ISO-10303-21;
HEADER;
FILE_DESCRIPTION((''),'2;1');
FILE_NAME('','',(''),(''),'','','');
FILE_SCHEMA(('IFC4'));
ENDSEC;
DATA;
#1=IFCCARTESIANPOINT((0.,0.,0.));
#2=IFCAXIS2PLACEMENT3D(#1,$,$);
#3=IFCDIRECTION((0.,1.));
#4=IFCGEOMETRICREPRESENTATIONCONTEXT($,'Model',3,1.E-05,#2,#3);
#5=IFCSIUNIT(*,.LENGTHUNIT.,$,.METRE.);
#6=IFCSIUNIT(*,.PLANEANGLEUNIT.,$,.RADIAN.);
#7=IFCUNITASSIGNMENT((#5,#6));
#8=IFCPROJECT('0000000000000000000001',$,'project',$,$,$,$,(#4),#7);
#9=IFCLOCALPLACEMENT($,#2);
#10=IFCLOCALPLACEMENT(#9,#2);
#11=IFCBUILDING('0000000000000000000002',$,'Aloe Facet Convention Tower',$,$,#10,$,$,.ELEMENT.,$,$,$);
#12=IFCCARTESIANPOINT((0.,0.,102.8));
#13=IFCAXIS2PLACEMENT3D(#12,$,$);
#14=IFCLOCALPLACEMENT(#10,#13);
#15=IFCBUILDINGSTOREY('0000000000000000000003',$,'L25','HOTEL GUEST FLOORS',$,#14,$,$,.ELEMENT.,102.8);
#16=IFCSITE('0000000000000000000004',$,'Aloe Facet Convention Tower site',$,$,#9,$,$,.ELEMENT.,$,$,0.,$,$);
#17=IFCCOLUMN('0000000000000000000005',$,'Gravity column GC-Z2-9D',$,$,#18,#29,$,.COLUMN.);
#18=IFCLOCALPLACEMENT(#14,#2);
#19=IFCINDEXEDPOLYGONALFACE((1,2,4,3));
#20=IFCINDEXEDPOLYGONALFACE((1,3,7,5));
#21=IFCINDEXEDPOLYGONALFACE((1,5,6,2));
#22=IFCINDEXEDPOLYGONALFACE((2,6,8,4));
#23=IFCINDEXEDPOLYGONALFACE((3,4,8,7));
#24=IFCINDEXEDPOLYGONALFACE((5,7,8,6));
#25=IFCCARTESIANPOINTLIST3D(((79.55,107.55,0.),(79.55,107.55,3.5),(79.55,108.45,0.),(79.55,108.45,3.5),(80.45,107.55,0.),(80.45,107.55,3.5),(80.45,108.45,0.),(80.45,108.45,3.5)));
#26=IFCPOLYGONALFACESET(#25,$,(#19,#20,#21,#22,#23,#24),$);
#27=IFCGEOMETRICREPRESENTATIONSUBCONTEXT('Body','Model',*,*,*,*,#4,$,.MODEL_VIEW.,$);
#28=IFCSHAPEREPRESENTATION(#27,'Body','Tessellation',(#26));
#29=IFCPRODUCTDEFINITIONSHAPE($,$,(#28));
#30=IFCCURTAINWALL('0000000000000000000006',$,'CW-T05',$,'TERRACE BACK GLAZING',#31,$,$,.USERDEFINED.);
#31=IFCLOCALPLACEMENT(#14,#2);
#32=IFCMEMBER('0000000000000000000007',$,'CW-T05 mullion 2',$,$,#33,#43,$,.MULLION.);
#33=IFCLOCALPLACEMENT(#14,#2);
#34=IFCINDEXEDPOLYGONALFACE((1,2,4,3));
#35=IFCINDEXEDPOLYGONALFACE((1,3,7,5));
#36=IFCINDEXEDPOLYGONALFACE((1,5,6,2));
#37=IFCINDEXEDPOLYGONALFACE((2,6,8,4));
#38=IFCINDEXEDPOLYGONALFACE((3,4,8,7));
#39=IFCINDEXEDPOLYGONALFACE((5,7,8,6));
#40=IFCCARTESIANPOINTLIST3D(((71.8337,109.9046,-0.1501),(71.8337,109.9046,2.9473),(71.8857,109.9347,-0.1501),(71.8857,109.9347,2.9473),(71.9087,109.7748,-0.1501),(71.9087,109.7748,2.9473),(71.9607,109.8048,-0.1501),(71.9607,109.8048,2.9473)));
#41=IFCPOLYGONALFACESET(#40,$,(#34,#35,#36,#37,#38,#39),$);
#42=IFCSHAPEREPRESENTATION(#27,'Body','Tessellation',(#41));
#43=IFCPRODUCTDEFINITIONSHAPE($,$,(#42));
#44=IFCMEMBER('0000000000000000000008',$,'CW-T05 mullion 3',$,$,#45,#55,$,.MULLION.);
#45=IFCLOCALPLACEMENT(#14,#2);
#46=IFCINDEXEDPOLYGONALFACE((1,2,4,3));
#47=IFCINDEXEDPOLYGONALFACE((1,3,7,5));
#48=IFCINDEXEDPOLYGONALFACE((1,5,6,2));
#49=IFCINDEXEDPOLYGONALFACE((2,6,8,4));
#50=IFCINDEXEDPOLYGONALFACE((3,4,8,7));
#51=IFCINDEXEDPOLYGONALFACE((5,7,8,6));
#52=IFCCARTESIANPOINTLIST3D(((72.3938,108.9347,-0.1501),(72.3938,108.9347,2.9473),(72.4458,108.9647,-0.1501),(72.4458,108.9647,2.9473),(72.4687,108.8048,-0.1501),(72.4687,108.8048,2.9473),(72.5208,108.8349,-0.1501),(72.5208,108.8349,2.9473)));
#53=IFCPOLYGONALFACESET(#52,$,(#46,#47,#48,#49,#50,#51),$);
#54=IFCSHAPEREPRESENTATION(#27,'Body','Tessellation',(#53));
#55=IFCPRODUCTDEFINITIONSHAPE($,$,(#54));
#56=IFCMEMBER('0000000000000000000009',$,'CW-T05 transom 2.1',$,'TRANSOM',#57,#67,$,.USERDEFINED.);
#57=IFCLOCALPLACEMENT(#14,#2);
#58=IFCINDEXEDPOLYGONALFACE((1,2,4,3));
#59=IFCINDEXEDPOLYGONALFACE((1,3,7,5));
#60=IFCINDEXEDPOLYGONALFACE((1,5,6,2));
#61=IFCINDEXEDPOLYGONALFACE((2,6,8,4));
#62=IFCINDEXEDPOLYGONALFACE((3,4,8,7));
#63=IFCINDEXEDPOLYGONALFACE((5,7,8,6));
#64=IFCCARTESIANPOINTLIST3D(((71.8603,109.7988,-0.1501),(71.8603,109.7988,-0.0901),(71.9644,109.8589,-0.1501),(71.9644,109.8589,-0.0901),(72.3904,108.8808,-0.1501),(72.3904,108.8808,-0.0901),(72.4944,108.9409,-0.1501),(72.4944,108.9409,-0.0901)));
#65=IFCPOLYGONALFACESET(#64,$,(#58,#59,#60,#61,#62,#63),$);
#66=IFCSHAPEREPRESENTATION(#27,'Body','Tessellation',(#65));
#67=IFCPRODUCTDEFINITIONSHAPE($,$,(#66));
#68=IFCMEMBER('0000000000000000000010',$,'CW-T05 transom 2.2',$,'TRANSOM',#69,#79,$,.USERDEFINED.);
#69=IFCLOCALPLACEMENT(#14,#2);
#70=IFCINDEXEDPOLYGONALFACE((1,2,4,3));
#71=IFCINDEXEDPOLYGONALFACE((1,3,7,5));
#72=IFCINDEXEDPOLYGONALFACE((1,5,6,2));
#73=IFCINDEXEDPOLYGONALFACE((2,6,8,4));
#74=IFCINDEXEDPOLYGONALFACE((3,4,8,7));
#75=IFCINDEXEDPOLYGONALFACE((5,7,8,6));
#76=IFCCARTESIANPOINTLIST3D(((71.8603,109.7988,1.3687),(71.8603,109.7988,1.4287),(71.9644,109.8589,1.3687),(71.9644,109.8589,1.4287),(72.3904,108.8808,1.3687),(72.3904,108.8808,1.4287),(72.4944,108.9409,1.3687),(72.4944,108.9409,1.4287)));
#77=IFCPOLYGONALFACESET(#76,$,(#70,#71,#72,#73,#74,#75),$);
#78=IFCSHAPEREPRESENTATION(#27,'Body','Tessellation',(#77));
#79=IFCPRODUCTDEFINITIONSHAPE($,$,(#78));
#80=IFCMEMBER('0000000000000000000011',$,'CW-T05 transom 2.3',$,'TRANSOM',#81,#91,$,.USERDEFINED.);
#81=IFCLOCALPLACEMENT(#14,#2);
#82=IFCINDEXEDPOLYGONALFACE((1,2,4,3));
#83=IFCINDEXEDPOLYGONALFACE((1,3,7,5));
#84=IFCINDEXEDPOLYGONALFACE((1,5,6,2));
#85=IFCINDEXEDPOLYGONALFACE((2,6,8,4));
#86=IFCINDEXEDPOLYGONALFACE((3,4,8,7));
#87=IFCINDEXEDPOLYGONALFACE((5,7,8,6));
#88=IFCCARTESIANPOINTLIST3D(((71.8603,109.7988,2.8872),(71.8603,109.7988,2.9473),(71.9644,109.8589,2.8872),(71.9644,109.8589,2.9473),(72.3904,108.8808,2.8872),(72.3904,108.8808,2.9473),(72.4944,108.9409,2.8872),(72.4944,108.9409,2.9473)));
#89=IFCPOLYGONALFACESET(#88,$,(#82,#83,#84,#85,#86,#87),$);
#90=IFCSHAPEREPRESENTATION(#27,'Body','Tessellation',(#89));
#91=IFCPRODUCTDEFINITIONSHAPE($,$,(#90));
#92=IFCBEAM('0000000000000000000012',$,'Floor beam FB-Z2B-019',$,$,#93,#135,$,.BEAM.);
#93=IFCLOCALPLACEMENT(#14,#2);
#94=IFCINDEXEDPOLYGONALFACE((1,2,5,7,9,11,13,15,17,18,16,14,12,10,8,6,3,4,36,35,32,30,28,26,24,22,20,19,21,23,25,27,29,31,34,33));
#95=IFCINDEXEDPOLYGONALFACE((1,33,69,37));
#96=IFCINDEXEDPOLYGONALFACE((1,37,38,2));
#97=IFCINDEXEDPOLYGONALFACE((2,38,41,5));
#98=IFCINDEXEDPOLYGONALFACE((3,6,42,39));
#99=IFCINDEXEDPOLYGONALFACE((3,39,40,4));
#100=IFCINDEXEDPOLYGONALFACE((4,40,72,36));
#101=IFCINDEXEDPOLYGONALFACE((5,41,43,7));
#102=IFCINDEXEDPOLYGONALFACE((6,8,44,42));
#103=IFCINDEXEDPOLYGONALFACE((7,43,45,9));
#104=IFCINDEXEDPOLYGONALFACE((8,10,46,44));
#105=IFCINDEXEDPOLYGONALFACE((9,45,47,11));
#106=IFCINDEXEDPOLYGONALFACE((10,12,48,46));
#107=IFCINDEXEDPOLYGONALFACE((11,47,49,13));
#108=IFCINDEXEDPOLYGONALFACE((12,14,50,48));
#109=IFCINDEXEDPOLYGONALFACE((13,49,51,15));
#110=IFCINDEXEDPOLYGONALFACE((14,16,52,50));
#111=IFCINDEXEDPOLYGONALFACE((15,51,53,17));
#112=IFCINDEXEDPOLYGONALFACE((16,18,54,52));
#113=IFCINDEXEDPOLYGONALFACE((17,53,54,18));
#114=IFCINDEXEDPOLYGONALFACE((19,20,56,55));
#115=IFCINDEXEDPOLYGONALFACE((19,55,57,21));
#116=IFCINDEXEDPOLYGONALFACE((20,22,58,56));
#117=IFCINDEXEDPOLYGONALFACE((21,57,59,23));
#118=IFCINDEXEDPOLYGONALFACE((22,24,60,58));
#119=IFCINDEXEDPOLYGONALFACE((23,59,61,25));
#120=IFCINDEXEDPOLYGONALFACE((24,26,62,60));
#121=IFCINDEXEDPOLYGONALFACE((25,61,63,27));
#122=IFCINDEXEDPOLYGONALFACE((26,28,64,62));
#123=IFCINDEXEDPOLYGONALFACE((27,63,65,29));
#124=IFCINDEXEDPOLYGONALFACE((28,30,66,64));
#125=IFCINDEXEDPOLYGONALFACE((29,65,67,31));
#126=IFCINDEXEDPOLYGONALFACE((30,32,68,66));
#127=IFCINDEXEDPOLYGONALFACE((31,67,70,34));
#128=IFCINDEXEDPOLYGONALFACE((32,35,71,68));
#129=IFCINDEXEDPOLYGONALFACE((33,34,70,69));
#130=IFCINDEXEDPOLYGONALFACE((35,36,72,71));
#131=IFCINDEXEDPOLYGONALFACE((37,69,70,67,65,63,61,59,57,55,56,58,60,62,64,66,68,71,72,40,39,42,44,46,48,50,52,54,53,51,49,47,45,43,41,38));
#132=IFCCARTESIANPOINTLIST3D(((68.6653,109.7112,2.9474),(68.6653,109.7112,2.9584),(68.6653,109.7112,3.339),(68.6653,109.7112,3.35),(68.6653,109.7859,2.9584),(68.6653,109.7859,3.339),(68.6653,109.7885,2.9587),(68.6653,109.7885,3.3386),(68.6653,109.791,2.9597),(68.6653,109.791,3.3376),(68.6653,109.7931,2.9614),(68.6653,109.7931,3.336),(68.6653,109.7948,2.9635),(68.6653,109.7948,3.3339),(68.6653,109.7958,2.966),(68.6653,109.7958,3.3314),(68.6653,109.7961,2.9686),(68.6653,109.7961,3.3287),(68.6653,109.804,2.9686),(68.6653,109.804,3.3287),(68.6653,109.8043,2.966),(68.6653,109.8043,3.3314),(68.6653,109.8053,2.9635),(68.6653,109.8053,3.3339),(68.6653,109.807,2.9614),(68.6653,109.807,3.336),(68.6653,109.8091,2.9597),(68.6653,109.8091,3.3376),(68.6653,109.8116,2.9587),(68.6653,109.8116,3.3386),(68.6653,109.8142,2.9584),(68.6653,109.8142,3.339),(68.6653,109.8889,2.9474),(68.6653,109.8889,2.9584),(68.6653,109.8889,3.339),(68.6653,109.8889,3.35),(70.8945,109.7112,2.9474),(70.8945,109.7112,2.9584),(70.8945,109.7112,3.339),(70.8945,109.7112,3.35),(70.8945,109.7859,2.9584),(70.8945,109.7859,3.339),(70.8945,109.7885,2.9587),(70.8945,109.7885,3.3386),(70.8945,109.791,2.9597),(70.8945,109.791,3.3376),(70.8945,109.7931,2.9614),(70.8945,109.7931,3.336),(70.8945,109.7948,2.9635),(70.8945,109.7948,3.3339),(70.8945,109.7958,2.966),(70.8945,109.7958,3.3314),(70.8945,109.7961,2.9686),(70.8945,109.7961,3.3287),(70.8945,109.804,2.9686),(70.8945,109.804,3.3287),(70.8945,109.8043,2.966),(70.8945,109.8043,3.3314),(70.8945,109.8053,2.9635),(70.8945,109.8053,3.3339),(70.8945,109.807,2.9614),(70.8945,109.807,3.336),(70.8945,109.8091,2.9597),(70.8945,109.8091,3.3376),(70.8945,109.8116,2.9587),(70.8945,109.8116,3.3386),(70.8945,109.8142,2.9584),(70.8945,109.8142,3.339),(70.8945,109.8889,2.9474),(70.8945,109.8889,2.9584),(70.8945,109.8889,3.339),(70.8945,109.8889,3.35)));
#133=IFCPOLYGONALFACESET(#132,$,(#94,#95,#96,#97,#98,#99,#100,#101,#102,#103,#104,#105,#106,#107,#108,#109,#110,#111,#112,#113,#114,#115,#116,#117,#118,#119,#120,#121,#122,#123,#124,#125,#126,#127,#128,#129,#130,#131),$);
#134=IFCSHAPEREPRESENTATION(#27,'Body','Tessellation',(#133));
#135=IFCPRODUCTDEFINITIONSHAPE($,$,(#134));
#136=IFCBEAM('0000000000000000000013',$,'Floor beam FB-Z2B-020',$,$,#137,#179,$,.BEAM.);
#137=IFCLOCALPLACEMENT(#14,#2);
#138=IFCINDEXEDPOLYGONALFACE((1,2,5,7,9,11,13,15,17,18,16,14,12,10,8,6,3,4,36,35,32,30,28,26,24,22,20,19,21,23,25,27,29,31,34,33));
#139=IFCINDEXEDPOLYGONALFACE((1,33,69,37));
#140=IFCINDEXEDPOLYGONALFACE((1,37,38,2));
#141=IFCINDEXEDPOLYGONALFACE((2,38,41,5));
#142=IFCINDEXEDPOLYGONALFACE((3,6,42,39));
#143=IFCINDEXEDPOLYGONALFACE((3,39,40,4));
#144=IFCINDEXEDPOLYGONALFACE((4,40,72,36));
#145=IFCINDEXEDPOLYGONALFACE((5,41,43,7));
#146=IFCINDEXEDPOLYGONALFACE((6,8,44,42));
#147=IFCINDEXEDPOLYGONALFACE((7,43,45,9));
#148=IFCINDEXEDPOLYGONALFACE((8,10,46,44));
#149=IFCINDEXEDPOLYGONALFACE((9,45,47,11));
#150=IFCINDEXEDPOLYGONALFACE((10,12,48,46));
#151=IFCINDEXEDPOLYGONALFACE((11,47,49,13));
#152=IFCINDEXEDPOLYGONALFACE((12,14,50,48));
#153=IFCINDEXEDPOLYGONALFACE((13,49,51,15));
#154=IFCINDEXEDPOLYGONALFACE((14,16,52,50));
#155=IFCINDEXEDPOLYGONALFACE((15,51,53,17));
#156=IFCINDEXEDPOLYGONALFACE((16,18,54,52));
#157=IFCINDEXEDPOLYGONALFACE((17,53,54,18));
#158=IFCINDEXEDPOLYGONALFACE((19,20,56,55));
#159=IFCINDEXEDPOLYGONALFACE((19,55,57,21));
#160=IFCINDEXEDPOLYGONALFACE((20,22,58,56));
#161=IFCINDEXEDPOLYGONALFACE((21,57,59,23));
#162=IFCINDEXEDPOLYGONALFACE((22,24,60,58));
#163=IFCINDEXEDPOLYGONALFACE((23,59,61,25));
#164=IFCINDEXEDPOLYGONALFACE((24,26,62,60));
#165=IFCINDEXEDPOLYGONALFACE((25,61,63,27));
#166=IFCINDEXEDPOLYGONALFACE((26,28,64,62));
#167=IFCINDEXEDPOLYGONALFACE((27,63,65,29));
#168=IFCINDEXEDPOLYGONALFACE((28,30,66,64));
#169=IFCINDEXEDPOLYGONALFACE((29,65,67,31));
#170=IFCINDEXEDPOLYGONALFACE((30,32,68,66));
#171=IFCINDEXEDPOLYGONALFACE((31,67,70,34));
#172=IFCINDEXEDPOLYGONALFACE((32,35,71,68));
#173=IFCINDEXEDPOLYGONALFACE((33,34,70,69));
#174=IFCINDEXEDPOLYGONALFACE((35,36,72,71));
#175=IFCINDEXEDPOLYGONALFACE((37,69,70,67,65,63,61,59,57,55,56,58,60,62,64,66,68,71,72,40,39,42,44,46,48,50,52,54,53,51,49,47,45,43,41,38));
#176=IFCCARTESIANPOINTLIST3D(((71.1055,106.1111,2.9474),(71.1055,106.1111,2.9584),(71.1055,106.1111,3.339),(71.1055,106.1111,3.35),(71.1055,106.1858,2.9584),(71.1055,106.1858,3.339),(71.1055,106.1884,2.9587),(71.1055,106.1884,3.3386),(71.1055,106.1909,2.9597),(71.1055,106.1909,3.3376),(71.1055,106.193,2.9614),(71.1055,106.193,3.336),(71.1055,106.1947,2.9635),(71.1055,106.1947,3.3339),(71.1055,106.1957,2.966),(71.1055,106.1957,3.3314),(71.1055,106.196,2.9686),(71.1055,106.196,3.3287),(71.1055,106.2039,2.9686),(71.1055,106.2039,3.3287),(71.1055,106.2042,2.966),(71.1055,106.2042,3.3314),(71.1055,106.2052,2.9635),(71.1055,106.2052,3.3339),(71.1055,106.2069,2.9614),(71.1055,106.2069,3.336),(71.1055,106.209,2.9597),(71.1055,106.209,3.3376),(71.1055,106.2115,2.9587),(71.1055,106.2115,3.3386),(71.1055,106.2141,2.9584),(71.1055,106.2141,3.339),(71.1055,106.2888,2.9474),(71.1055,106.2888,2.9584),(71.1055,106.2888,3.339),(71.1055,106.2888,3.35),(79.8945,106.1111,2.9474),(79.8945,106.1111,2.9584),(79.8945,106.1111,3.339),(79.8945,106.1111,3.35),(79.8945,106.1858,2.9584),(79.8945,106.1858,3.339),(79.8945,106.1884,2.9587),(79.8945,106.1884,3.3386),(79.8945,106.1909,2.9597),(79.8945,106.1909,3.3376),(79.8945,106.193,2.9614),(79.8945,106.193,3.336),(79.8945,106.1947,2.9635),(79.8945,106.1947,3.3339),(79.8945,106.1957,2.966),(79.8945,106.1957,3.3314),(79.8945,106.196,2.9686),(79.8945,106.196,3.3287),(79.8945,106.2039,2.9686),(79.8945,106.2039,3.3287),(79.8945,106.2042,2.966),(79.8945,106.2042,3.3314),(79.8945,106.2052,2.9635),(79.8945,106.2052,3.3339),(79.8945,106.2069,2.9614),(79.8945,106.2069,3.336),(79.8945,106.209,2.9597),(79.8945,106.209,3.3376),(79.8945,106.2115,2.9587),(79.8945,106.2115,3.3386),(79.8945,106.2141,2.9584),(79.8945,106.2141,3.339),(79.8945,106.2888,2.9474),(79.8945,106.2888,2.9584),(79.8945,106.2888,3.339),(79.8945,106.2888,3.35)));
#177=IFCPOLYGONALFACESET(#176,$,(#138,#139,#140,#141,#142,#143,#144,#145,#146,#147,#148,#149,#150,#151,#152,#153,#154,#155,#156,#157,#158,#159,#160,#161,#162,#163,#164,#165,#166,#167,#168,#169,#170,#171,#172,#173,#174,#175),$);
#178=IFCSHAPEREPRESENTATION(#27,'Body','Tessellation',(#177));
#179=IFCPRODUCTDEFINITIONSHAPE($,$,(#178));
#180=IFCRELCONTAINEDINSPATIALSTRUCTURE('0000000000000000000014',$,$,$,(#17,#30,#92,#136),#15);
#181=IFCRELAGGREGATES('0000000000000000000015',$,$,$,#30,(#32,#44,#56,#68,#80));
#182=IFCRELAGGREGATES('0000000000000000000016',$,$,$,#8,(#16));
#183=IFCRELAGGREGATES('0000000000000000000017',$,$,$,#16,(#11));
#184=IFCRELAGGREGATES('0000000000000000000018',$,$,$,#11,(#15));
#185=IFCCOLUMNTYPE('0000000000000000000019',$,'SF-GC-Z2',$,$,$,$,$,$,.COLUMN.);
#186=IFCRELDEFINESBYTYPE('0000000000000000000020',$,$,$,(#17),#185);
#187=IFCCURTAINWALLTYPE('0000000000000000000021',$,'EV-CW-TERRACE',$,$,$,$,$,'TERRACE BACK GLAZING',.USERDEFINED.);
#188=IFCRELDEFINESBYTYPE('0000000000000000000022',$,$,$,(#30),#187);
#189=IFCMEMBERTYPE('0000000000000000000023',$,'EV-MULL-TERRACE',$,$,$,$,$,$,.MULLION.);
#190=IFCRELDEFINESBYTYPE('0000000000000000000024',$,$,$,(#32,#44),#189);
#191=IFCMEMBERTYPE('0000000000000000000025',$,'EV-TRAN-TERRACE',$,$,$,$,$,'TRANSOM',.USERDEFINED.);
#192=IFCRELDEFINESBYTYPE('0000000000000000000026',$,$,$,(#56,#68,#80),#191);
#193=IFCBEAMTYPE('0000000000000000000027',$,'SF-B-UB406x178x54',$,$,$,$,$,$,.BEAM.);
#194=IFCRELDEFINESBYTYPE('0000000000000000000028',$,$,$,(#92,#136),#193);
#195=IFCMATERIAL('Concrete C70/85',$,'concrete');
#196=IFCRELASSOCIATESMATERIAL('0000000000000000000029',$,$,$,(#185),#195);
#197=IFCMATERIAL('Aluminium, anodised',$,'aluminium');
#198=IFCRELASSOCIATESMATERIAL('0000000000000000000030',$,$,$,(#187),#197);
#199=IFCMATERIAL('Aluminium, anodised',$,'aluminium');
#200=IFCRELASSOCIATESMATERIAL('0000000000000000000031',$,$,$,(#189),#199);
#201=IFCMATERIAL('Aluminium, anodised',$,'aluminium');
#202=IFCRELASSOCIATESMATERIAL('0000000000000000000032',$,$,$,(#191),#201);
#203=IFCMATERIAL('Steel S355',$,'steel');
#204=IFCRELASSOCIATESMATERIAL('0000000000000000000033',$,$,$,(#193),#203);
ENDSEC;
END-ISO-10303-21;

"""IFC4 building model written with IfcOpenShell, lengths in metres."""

from ifc_helpers import new_model, si_unit, direction, frame, origin, origin_2d, place, context, subcontext, project, spatial, rectangle, i_section, extrude, material, material_profile, profile_set, type_object, element, aggregate, save


model = new_model("IFC4")

# Units and contexts
model_context = context("Model", 3, precision=1e-05, world=origin(), true_north=direction((0.0, 1.0)))
body_context = subcontext(model_context, "Body", "Model", "MODEL_VIEW")
ifc_project = project(units=[si_unit("LENGTHUNIT", "METRE"), si_unit("PLANEANGLEUNIT", "RADIAN")], contexts=[model_context])

# Site, building, storey
site_placement = place(None, origin())
site = spatial("IfcSite", under=ifc_project, at=site_placement, Name="Aloe Facet Convention Tower site", CompositionType="ELEMENT", RefElevation=0.0)
building_placement = place(site_placement, origin())
building = spatial("IfcBuilding", under=site, at=building_placement, Name="Aloe Facet Convention Tower", CompositionType="ELEMENT")
storey_placement = place(building_placement, frame((0.0, 0.0, 102.8)))
storey = spatial("IfcBuildingStorey", under=building, at=storey_placement, Name="L25", Description="HOTEL GUEST FLOORS", CompositionType="ELEMENT", Elevation=102.8)

# Column
ifc_material_1 = material(Name="Concrete C70/85", Category="concrete")
ifc_material_profile_1 = material_profile(ifc_material_1, rectangle(XDim=0.8999, YDim=0.8999, at=origin_2d()), Name="SF-GC-Z2")
ifc_profile_set_1 = profile_set([ifc_material_profile_1], Name="Concrete C70/85")
column_type = type_object("IfcColumnType", Name="SF-GC-Z2", PredefinedType="COLUMN", material=ifc_profile_set_1)
column_placement = place(storey_placement, frame((80.0, 108.0, 0.0), z_axis=(0.0, 0.0, 1.0), x_axis=(1.0, 0.0, 0.0)))
element("IfcColumn", 1, at=column_placement, inside=storey, type_object=column_type, Name="Gravity column GC-Z2-9D", PredefinedType="COLUMN", context=body_context, shape_type="SweptSolid", body=[
    extrude(rectangle(XDim=0.8999, YDim=0.8999, at=origin_2d()), origin(), (0.0, 0.0, 1.0), 3.5),
])

# Curtain wall, members
ifc_material_2 = material(Name="Aluminium, anodised", Category="aluminium")
curtain_wall_type = type_object("IfcCurtainWallType", Name="EV-CW-TERRACE", ElementType="TERRACE BACK GLAZING", PredefinedType="USERDEFINED", material=ifc_material_2)
curtain_wall_placement = place(storey_placement, origin())
curtain_wall = element("IfcCurtainWall", 2, at=curtain_wall_placement, inside=storey, type_object=curtain_wall_type, Name="CW-T05", ObjectType="TERRACE BACK GLAZING", PredefinedType="USERDEFINED")
ifc_material_3 = material(Name="Aluminium, anodised", Category="aluminium")
ifc_material_profile_2 = material_profile(ifc_material_3, rectangle(XDim=0.0601, YDim=0.1499, at=origin_2d()), Name="AL 60x150")
ifc_profile_set_2 = profile_set([ifc_material_profile_2], Name="Aluminium, anodised")
member_type_1 = type_object("IfcMemberType", Name="EV-MULL-TERRACE", PredefinedType="MULLION", material=ifc_profile_set_2)
member_1_placement = place(storey_placement, frame((71.8972, 109.8547, -0.1501), z_axis=(0.0, 0.0, 1.0), x_axis=(0.866025, 0.5, 0.0)))
member_1 = element("IfcMember", 3, at=member_1_placement, type_object=member_type_1, Name="CW-T05 mullion 2", PredefinedType="MULLION", context=body_context, shape_type="SweptSolid", body=[
    extrude(rectangle(XDim=0.0601, YDim=0.1499, at=origin_2d()), origin(), (0.0, 0.0, 1.0), 3.0974),
])
member_2_placement = place(storey_placement, frame((72.4573, 108.8848, -0.1501), z_axis=(0.0, 0.0, 1.0), x_axis=(0.866025, 0.5, 0.0)))
member_2 = element("IfcMember", 4, at=member_2_placement, type_object=member_type_1, Name="CW-T05 mullion 3", PredefinedType="MULLION", context=body_context, shape_type="SweptSolid", body=[
    extrude(rectangle(XDim=0.0601, YDim=0.1499, at=origin_2d()), origin(), (0.0, 0.0, 1.0), 3.0974),
])
ifc_material_4 = material(Name="Aluminium, anodised", Category="aluminium")
ifc_material_profile_3 = material_profile(ifc_material_4, rectangle(XDim=0.1201, YDim=0.0601, at=origin_2d()), Name="AL 120x60")
ifc_profile_set_3 = profile_set([ifc_material_profile_3], Name="Aluminium, anodised")
member_type_2 = type_object("IfcMemberType", Name="EV-TRAN-TERRACE", ElementType="TRANSOM", PredefinedType="USERDEFINED", material=ifc_profile_set_3)
member_3_placement = place(storey_placement, frame((71.9124, 109.8289, -0.1201), z_axis=(0.500028, -0.866009, 0.0), x_axis=(0.866009, 0.500028, 0.0)))
member_3 = element("IfcMember", 5, at=member_3_placement, type_object=member_type_2, Name="CW-T05 transom 2.1", ObjectType="TRANSOM", PredefinedType="USERDEFINED", context=body_context, shape_type="SweptSolid", body=[
    extrude(rectangle(XDim=0.1201, YDim=0.0601, at=origin_2d()), origin(), (0.0, 0.0, 1.0), 1.0601),
])
member_4_placement = place(storey_placement, frame((71.9124, 109.8289, 1.3987), z_axis=(0.500028, -0.866009, 0.0), x_axis=(0.866009, 0.500028, 0.0)))
member_4 = element("IfcMember", 6, at=member_4_placement, type_object=member_type_2, Name="CW-T05 transom 2.2", ObjectType="TRANSOM", PredefinedType="USERDEFINED", context=body_context, shape_type="SweptSolid", body=[
    extrude(rectangle(XDim=0.1201, YDim=0.0601, at=origin_2d()), origin(), (0.0, 0.0, 1.0), 1.0601),
])
member_5_placement = place(storey_placement, frame((71.9124, 109.8289, 2.9172), z_axis=(0.500028, -0.866009, 0.0), x_axis=(0.866009, 0.500028, 0.0)))
member_5 = element("IfcMember", 7, at=member_5_placement, type_object=member_type_2, Name="CW-T05 transom 2.3", ObjectType="TRANSOM", PredefinedType="USERDEFINED", context=body_context, shape_type="SweptSolid", body=[
    extrude(rectangle(XDim=0.1201, YDim=0.0601, at=origin_2d()), origin(), (0.0, 0.0, 1.0), 1.0601),
])

# Beams
ifc_material_5 = material(Name="Steel S355", Category="steel")
ifc_material_profile_4 = material_profile(ifc_material_5, i_section(OverallWidth=0.1777, OverallDepth=0.4026, WebThickness=0.0078, FlangeThickness=0.011, FilletRadius=0.0103, at=origin_2d()), Name="UB 406x178x54")
ifc_profile_set_4 = profile_set([ifc_material_profile_4], Name="Steel S355")
beam_type_1 = type_object("IfcBeamType", Name="SF-B-UB406x178x54", PredefinedType="BEAM", material=ifc_profile_set_4)
beam_1_placement = place(storey_placement, frame((68.6653, 109.8, 3.1487), z_axis=(1.0, 0.0, 0.0), x_axis=(0.0, 1.0, 0.0)))
element("IfcBeam", 8, at=beam_1_placement, inside=storey, type_object=beam_type_1, Name="Floor beam FB-Z2B-019", PredefinedType="BEAM", context=body_context, shape_type="SweptSolid", body=[
    extrude(i_section(OverallWidth=0.1777, OverallDepth=0.4026, WebThickness=0.0078, FlangeThickness=0.011, FilletRadius=0.0103, at=origin_2d()), origin(), (0.0, 0.0, 1.0), 2.2292),
])
for number, where, z_axis, x_axis, name in (
    (9, (71.1055, 106.2, 3.1487), (1.0, 0.0, 0.0), (0.0, 1.0, 0.0), "Floor beam FB-Z2B-020"),
):
    element("IfcBeam", number, at=place(storey_placement, frame(where, z_axis=z_axis, x_axis=x_axis)), inside=storey, type_object=beam_type_1, Name=name, PredefinedType="BEAM", context=body_context, shape_type="SweptSolid", body=[
        extrude(i_section(OverallWidth=0.1777, OverallDepth=0.4026, WebThickness=0.0078, FlangeThickness=0.011, FilletRadius=0.0103, at=origin_2d()), origin(), (0.0, 0.0, 1.0), 8.7891),
    ])

aggregate(curtain_wall, [member_1, member_2, member_3, member_4, member_5])

save(model, "model.ifc")
